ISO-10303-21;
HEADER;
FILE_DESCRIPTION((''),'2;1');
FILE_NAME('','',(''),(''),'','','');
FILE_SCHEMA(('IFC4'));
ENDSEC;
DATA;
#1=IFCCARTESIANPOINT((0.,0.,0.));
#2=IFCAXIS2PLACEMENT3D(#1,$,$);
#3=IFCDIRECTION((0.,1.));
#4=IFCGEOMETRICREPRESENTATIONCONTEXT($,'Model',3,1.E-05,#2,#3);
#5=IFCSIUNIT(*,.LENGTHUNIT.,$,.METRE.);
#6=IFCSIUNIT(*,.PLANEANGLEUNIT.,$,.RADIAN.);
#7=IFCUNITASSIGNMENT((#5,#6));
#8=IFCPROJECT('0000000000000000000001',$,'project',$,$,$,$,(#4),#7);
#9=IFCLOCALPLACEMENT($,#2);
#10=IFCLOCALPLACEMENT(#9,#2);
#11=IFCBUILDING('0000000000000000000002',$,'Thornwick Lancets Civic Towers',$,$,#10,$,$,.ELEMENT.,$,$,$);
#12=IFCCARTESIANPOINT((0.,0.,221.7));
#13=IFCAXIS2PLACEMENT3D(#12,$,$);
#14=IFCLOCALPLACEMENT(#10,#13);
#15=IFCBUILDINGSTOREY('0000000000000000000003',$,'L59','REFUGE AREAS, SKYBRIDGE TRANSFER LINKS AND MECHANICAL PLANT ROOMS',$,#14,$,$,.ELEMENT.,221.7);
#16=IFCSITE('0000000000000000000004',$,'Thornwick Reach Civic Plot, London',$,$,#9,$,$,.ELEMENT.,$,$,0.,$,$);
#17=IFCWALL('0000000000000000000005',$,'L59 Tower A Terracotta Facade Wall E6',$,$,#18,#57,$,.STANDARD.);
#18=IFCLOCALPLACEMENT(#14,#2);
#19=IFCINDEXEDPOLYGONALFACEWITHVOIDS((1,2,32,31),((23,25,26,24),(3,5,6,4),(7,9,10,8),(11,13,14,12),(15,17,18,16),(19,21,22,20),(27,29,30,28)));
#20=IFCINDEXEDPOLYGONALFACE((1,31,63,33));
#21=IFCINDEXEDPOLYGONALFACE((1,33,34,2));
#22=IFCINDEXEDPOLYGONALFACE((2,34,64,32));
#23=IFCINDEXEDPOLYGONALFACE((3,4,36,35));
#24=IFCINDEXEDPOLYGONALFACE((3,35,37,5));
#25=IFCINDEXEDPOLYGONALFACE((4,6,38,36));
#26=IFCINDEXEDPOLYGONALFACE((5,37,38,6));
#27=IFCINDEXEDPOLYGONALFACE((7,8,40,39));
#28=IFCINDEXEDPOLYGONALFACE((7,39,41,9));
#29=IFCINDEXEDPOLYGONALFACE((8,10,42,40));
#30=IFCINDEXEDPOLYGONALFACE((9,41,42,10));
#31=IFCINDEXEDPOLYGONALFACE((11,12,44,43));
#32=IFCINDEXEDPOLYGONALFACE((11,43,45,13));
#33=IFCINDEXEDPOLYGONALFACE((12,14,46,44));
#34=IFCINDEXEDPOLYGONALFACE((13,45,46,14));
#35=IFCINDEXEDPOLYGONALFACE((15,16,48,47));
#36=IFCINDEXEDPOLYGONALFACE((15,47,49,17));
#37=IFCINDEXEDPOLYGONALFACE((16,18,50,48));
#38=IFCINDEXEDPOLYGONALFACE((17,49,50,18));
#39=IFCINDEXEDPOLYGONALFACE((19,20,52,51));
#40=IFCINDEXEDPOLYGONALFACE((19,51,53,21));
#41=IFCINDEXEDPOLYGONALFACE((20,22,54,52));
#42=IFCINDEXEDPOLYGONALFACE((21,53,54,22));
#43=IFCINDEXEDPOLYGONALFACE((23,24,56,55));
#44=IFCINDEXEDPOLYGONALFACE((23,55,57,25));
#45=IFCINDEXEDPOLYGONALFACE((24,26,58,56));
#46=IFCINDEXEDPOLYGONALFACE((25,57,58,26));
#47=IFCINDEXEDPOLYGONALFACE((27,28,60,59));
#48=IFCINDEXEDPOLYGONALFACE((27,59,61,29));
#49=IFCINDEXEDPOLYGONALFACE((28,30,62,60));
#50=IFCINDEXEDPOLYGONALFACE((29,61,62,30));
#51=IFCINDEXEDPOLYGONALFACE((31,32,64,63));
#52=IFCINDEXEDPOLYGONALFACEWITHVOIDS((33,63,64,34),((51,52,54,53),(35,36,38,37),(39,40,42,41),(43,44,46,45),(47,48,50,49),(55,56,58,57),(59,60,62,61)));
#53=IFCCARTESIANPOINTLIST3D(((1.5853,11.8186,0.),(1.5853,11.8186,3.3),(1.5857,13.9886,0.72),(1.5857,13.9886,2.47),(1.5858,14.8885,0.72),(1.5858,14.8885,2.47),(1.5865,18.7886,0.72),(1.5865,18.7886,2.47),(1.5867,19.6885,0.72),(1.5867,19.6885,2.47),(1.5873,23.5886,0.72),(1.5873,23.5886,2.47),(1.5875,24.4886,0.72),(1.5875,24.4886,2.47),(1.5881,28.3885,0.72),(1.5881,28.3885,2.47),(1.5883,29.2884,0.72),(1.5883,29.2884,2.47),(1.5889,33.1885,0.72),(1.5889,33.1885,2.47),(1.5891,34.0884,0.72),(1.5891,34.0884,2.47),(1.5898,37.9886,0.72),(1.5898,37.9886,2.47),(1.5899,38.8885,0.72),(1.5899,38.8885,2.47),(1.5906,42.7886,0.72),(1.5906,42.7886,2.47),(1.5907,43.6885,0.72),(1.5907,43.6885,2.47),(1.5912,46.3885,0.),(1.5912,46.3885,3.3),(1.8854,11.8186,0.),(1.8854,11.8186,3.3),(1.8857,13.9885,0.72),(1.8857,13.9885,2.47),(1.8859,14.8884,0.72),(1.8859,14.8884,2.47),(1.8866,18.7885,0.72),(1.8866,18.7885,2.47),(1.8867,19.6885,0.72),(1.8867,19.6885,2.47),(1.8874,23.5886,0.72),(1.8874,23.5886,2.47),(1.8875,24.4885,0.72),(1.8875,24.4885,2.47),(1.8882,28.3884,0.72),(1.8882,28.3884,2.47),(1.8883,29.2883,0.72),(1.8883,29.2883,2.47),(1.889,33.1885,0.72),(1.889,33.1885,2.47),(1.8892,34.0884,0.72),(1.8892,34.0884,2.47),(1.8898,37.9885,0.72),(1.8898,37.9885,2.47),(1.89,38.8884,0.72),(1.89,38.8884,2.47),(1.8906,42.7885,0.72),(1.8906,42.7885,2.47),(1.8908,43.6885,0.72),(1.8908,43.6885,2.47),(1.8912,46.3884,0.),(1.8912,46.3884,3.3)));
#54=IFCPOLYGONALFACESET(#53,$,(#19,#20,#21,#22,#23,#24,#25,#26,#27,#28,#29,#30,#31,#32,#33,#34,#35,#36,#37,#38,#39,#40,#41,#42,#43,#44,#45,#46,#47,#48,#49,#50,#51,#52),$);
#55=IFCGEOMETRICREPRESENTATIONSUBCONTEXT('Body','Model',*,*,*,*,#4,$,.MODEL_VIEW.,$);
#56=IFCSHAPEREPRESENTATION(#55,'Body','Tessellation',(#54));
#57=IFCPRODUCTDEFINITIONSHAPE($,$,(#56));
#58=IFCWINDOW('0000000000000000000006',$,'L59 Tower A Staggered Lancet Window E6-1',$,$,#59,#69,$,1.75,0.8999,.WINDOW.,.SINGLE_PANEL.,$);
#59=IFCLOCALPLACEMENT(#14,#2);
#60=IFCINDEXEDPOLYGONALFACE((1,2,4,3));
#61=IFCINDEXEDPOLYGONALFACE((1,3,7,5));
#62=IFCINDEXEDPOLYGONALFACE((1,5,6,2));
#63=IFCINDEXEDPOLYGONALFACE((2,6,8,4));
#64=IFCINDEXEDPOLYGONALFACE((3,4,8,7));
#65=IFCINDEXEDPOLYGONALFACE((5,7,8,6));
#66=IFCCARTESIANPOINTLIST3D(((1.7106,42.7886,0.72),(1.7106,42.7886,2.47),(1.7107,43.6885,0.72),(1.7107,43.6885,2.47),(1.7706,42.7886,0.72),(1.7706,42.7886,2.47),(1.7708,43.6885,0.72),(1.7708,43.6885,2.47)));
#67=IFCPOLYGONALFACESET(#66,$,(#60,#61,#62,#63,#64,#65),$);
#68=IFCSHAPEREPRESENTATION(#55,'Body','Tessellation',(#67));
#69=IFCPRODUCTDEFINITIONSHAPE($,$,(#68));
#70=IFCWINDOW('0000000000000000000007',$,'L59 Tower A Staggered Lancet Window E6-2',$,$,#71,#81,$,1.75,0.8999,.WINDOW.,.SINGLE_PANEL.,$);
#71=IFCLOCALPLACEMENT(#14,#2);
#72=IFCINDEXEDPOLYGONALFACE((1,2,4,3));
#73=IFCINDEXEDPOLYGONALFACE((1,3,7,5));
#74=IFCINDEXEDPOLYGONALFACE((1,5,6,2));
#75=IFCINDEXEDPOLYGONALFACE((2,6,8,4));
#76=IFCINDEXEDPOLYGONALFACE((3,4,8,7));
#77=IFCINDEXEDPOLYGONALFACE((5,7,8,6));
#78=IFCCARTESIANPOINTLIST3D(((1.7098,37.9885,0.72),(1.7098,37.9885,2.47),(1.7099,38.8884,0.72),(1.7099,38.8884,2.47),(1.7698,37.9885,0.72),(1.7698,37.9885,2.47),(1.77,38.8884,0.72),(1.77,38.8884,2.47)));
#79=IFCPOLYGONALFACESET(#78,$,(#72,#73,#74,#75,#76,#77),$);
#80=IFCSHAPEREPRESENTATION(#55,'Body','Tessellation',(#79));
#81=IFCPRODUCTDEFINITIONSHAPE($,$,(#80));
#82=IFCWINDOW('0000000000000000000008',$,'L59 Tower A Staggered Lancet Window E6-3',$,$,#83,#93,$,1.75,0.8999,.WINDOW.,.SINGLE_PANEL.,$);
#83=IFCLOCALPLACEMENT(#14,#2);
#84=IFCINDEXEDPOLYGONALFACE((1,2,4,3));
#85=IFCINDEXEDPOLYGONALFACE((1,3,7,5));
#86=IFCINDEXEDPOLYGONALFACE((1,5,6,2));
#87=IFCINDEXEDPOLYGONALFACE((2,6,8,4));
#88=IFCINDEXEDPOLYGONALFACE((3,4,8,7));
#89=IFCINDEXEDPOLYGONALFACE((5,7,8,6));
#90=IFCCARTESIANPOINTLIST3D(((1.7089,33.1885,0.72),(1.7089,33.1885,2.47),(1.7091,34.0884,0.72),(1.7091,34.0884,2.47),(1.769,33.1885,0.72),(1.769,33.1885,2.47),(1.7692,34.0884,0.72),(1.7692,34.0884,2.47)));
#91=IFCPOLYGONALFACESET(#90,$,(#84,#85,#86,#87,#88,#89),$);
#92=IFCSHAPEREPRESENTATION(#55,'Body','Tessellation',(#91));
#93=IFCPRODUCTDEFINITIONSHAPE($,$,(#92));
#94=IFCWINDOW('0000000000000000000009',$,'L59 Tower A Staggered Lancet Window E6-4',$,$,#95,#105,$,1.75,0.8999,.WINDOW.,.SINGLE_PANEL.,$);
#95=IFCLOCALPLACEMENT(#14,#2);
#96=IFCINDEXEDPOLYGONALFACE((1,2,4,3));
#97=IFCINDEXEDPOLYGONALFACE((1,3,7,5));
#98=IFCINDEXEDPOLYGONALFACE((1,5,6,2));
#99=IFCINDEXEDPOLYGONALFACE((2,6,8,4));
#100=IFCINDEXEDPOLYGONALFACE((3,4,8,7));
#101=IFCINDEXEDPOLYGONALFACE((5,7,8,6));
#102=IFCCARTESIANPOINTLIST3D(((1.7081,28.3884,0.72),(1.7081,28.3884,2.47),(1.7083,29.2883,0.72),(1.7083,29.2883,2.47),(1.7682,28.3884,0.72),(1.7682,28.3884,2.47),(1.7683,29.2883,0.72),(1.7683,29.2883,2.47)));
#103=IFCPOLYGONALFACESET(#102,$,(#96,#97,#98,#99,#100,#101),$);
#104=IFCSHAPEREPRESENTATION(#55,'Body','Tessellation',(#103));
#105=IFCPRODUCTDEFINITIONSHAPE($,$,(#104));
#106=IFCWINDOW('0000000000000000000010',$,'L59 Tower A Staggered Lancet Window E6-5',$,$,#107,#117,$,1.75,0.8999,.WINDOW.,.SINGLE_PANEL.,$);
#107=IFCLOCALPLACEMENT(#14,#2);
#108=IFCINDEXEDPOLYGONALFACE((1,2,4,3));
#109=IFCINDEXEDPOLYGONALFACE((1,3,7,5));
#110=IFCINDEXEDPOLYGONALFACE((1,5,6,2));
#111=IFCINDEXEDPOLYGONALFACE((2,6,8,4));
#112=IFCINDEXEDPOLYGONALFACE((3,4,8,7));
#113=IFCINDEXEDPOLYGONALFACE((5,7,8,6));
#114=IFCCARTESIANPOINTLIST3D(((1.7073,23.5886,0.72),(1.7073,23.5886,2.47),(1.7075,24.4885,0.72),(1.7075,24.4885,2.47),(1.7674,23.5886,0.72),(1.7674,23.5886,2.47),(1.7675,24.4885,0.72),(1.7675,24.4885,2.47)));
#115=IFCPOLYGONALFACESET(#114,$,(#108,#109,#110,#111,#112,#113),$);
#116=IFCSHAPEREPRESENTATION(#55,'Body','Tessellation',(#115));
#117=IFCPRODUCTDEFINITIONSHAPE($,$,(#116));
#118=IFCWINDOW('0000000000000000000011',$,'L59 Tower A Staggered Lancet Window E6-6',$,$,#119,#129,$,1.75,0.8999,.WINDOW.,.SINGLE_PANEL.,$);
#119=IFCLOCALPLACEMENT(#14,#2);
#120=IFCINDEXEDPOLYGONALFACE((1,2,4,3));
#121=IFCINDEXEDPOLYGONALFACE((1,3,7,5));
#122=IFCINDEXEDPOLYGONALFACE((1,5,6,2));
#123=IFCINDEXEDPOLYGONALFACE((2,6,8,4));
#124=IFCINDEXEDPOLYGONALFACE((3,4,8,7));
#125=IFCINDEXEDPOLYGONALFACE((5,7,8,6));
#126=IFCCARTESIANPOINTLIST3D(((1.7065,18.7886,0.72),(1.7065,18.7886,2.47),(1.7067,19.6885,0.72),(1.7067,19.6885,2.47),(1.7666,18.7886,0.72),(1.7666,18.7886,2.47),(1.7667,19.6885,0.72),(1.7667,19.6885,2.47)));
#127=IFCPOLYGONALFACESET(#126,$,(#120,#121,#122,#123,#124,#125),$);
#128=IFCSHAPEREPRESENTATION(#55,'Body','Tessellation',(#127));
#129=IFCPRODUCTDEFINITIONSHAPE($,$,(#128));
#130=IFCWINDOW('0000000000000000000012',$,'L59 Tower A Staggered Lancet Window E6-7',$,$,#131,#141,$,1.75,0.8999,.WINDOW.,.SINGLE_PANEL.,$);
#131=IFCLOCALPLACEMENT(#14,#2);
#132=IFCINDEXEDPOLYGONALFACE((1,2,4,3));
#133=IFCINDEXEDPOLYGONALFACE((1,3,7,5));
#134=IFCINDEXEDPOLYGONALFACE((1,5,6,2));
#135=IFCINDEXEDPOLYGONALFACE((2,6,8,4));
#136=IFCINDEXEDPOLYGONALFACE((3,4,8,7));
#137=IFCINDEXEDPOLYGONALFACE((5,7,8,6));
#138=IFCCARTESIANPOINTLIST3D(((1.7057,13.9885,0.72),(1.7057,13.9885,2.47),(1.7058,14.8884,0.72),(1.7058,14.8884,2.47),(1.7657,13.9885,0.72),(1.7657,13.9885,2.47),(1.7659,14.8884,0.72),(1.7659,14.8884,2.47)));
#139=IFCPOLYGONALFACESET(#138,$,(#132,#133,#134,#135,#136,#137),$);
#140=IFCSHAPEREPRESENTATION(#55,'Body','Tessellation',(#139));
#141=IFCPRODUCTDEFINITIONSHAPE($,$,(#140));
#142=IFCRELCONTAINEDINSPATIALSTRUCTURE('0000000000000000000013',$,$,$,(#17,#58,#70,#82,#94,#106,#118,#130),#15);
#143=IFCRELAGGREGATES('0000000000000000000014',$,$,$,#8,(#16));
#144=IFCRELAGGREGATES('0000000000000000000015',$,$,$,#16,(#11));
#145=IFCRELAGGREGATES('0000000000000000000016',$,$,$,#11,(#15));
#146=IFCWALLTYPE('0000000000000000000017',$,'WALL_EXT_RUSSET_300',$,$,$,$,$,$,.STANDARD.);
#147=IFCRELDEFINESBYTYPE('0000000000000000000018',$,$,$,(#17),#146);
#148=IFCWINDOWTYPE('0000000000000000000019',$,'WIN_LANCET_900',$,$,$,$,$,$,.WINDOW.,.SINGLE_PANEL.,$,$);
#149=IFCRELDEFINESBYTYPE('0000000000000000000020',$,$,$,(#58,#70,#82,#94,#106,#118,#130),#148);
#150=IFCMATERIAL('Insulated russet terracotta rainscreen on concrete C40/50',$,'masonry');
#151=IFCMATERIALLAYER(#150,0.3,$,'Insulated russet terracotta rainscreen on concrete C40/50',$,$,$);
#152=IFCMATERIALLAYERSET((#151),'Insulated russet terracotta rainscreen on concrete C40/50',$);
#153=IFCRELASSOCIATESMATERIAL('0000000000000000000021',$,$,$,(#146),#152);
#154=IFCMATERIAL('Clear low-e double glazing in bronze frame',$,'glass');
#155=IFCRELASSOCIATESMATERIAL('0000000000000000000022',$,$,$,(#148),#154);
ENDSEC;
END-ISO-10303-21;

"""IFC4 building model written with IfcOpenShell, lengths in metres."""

from ifc_helpers import new_model, si_unit, direction, frame, frame_2d, origin, place, context, subcontext, project, spatial, rectangle, extrude, material, layer, layer_set, type_object, element, fill, save


model = new_model("IFC4")

# Units and contexts
model_context = context("Model", 3, precision=1e-05, world=origin(), true_north=direction((0.0, 1.0)))
body_context = subcontext(model_context, "Body", "Model", "MODEL_VIEW")
ifc_project = project(units=[si_unit("LENGTHUNIT", "METRE"), si_unit("PLANEANGLEUNIT", "RADIAN")], contexts=[model_context])

# Site, building, storey
site_placement = place(None, origin())
site = spatial("IfcSite", under=ifc_project, at=site_placement, Name="Thornwick Reach Civic Plot, London", CompositionType="ELEMENT", RefElevation=0.0)
building_placement = place(site_placement, origin())
building = spatial("IfcBuilding", under=site, at=building_placement, Name="Thornwick Lancets Civic Towers", CompositionType="ELEMENT")
storey_placement = place(building_placement, frame((0.0, 0.0, 221.7)))
storey = spatial("IfcBuildingStorey", under=building, at=storey_placement, Name="L59", Description="REFUGE AREAS, SKYBRIDGE TRANSFER LINKS AND MECHANICAL PLANT ROOMS", CompositionType="ELEMENT", Elevation=221.7)

# Wall, openings, windows
ifc_material_1 = material(Name="Insulated russet terracotta rainscreen on concrete C40/50", Category="masonry")
ifc_layer_1 = layer(ifc_material_1, 0.3, Name="Insulated russet terracotta rainscreen on concrete C40/50")
ifc_layer_set_1 = layer_set([ifc_layer_1], Name="Insulated russet terracotta rainscreen on concrete C40/50")
wall_type_1 = type_object("IfcWallType", Name="WALL_EXT_RUSSET_300", PredefinedType="STANDARD", material=ifc_layer_set_1)
wall_1_placement = place(storey_placement, frame((1.7412, 46.3884, 0.0), z_axis=(0.0, 0.0, 1.0), x_axis=(-0.000169, -1.0, 0.0)))
wall_1 = element("IfcWall", 1, at=wall_1_placement, inside=storey, type_object=wall_type_1, Name="L59 Tower A Terracotta Facade Wall E6", PredefinedType="STANDARD", context=body_context, shape_type="SweptSolid", body=[
    extrude(rectangle(XDim=34.5698, YDim=0.3, at=frame_2d((17.2849, 0.0))), origin(), (0.0, 0.0, 1.0), 3.3),
])
opening_1_placement = place(wall_1_placement, frame((2.7, 0.0, 0.72)))
opening_1 = element("IfcOpeningElement", 2, at=opening_1_placement, cuts=wall_1, PredefinedType="OPENING", context=body_context, shape_type="SweptSolid", body=[
    extrude(rectangle(XDim=0.8999, YDim=1.75, at=frame_2d((0.45, 0.875))), frame((0.0, 0.1602, 0.0), z_axis=(0.0, -1.0, 0.0), x_axis=(1.0, 0.0, 0.0)), (0.0, 0.0, 1.0), 0.3201),
])
opening_2_placement = place(wall_1_placement, frame((7.5, 0.0, 0.72)))
opening_2 = element("IfcOpeningElement", 3, at=opening_2_placement, cuts=wall_1, PredefinedType="OPENING", context=body_context, shape_type="SweptSolid", body=[
    extrude(rectangle(XDim=0.8999, YDim=1.75, at=frame_2d((0.45, 0.875))), frame((0.0, 0.1602, 0.0), z_axis=(0.0, -1.0, 0.0), x_axis=(1.0, 0.0, 0.0)), (0.0, 0.0, 1.0), 0.3201),
])
opening_3_placement = place(wall_1_placement, frame((12.3, 0.0, 0.72)))
opening_3 = element("IfcOpeningElement", 4, at=opening_3_placement, cuts=wall_1, PredefinedType="OPENING", context=body_context, shape_type="SweptSolid", body=[
    extrude(rectangle(XDim=0.8999, YDim=1.75, at=frame_2d((0.45, 0.875))), frame((0.0, 0.1602, 0.0), z_axis=(0.0, -1.0, 0.0), x_axis=(1.0, 0.0, 0.0)), (0.0, 0.0, 1.0), 0.3201),
])
opening_4_placement = place(wall_1_placement, frame((17.1001, 0.0, 0.72)))
opening_4 = element("IfcOpeningElement", 5, at=opening_4_placement, cuts=wall_1, PredefinedType="OPENING", context=body_context, shape_type="SweptSolid", body=[
    extrude(rectangle(XDim=0.8999, YDim=1.75, at=frame_2d((0.45, 0.875))), frame((0.0, 0.1602, 0.0), z_axis=(0.0, -1.0, 0.0), x_axis=(1.0, 0.0, 0.0)), (0.0, 0.0, 1.0), 0.3201),
])
opening_5_placement = place(wall_1_placement, frame((21.8999, 0.0, 0.72)))
opening_5 = element("IfcOpeningElement", 6, at=opening_5_placement, cuts=wall_1, PredefinedType="OPENING", context=body_context, shape_type="SweptSolid", body=[
    extrude(rectangle(XDim=0.8999, YDim=1.75, at=frame_2d((0.45, 0.875))), frame((0.0, 0.1602, 0.0), z_axis=(0.0, -1.0, 0.0), x_axis=(1.0, 0.0, 0.0)), (0.0, 0.0, 1.0), 0.3201),
])
opening_6_placement = place(wall_1_placement, frame((26.7, 0.0, 0.72)))
opening_6 = element("IfcOpeningElement", 7, at=opening_6_placement, cuts=wall_1, PredefinedType="OPENING", context=body_context, shape_type="SweptSolid", body=[
    extrude(rectangle(XDim=0.8999, YDim=1.75, at=frame_2d((0.45, 0.875))), frame((0.0, 0.1602, 0.0), z_axis=(0.0, -1.0, 0.0), x_axis=(1.0, 0.0, 0.0)), (0.0, 0.0, 1.0), 0.3201),
])
opening_7_placement = place(wall_1_placement, frame((31.5, 0.0, 0.72)))
opening_7 = element("IfcOpeningElement", 8, at=opening_7_placement, cuts=wall_1, PredefinedType="OPENING", context=body_context, shape_type="SweptSolid", body=[
    extrude(rectangle(XDim=0.8999, YDim=1.75, at=frame_2d((0.45, 0.875))), frame((0.0, 0.1602, 0.0), z_axis=(0.0, -1.0, 0.0), x_axis=(1.0, 0.0, 0.0)), (0.0, 0.0, 1.0), 0.3201),
])
ifc_material_2 = material(Name="Clear low-e double glazing in bronze frame", Category="glass")
window_type = type_object("IfcWindowType", Name="WIN_LANCET_900", PartitioningType="SINGLE_PANEL", PredefinedType="WINDOW", material=ifc_material_2)
window_1_placement = place(opening_1_placement, origin())
window_1 = element("IfcWindow", 9, at=window_1_placement, inside=storey, type_object=window_type, Name="L59 Tower A Staggered Lancet Window E6-1", OverallHeight=1.75, OverallWidth=0.8999, PartitioningType="SINGLE_PANEL", PredefinedType="WINDOW", context=body_context, shape_type="SweptSolid", body=[
    extrude(rectangle(XDim=0.8999, YDim=1.75, at=frame_2d((0.45, 0.875))), frame((0.0, 0.03, 0.0), z_axis=(0.0, -1.0, 0.0), x_axis=(1.0, 0.0, 0.0)), (0.0, 0.0, 1.0), 0.0601),
])
fill(opening_1, window_1)
window_2_placement = place(opening_2_placement, origin())
window_2 = element("IfcWindow", 10, at=window_2_placement, inside=storey, type_object=window_type, Name="L59 Tower A Staggered Lancet Window E6-2", OverallHeight=1.75, OverallWidth=0.8999, PartitioningType="SINGLE_PANEL", PredefinedType="WINDOW", context=body_context, shape_type="SweptSolid", body=[
    extrude(rectangle(XDim=0.8999, YDim=1.75, at=frame_2d((0.45, 0.875))), frame((0.0, 0.03, 0.0), z_axis=(0.0, -1.0, 0.0), x_axis=(1.0, 0.0, 0.0)), (0.0, 0.0, 1.0), 0.0601),
])
fill(opening_2, window_2)
window_3_placement = place(opening_3_placement, origin())
window_3 = element("IfcWindow", 11, at=window_3_placement, inside=storey, type_object=window_type, Name="L59 Tower A Staggered Lancet Window E6-3", OverallHeight=1.75, OverallWidth=0.8999, PartitioningType="SINGLE_PANEL", PredefinedType="WINDOW", context=body_context, shape_type="SweptSolid", body=[
    extrude(rectangle(XDim=0.8999, YDim=1.75, at=frame_2d((0.45, 0.875))), frame((0.0, 0.03, 0.0), z_axis=(0.0, -1.0, 0.0), x_axis=(1.0, 0.0, 0.0)), (0.0, 0.0, 1.0), 0.0601),
])
fill(opening_3, window_3)
window_4_placement = place(opening_4_placement, origin())
window_4 = element("IfcWindow", 12, at=window_4_placement, inside=storey, type_object=window_type, Name="L59 Tower A Staggered Lancet Window E6-4", OverallHeight=1.75, OverallWidth=0.8999, PartitioningType="SINGLE_PANEL", PredefinedType="WINDOW", context=body_context, shape_type="SweptSolid", body=[
    extrude(rectangle(XDim=0.8999, YDim=1.75, at=frame_2d((0.45, 0.875))), frame((0.0, 0.03, 0.0), z_axis=(0.0, -1.0, 0.0), x_axis=(1.0, 0.0, 0.0)), (0.0, 0.0, 1.0), 0.0601),
])
fill(opening_4, window_4)
window_5_placement = place(opening_5_placement, origin())
window_5 = element("IfcWindow", 13, at=window_5_placement, inside=storey, type_object=window_type, Name="L59 Tower A Staggered Lancet Window E6-5", OverallHeight=1.75, OverallWidth=0.8999, PartitioningType="SINGLE_PANEL", PredefinedType="WINDOW", context=body_context, shape_type="SweptSolid", body=[
    extrude(rectangle(XDim=0.8999, YDim=1.75, at=frame_2d((0.45, 0.875))), frame((0.0, 0.03, 0.0), z_axis=(0.0, -1.0, 0.0), x_axis=(1.0, 0.0, 0.0)), (0.0, 0.0, 1.0), 0.0601),
])
fill(opening_5, window_5)
window_6_placement = place(opening_6_placement, origin())
window_6 = element("IfcWindow", 14, at=window_6_placement, inside=storey, type_object=window_type, Name="L59 Tower A Staggered Lancet Window E6-6", OverallHeight=1.75, OverallWidth=0.8999, PartitioningType="SINGLE_PANEL", PredefinedType="WINDOW", context=body_context, shape_type="SweptSolid", body=[
    extrude(rectangle(XDim=0.8999, YDim=1.75, at=frame_2d((0.45, 0.875))), frame((0.0, 0.03, 0.0), z_axis=(0.0, -1.0, 0.0), x_axis=(1.0, 0.0, 0.0)), (0.0, 0.0, 1.0), 0.0601),
])
fill(opening_6, window_6)
window_7_placement = place(opening_7_placement, origin())
window_7 = element("IfcWindow", 15, at=window_7_placement, inside=storey, type_object=window_type, Name="L59 Tower A Staggered Lancet Window E6-7", OverallHeight=1.75, OverallWidth=0.8999, PartitioningType="SINGLE_PANEL", PredefinedType="WINDOW", context=body_context, shape_type="SweptSolid", body=[
    extrude(rectangle(XDim=0.8999, YDim=1.75, at=frame_2d((0.45, 0.875))), frame((0.0, 0.03, 0.0), z_axis=(0.0, -1.0, 0.0), x_axis=(1.0, 0.0, 0.0)), (0.0, 0.0, 1.0), 0.0601),
])
fill(opening_7, window_7)

save(model, "model.ifc")
